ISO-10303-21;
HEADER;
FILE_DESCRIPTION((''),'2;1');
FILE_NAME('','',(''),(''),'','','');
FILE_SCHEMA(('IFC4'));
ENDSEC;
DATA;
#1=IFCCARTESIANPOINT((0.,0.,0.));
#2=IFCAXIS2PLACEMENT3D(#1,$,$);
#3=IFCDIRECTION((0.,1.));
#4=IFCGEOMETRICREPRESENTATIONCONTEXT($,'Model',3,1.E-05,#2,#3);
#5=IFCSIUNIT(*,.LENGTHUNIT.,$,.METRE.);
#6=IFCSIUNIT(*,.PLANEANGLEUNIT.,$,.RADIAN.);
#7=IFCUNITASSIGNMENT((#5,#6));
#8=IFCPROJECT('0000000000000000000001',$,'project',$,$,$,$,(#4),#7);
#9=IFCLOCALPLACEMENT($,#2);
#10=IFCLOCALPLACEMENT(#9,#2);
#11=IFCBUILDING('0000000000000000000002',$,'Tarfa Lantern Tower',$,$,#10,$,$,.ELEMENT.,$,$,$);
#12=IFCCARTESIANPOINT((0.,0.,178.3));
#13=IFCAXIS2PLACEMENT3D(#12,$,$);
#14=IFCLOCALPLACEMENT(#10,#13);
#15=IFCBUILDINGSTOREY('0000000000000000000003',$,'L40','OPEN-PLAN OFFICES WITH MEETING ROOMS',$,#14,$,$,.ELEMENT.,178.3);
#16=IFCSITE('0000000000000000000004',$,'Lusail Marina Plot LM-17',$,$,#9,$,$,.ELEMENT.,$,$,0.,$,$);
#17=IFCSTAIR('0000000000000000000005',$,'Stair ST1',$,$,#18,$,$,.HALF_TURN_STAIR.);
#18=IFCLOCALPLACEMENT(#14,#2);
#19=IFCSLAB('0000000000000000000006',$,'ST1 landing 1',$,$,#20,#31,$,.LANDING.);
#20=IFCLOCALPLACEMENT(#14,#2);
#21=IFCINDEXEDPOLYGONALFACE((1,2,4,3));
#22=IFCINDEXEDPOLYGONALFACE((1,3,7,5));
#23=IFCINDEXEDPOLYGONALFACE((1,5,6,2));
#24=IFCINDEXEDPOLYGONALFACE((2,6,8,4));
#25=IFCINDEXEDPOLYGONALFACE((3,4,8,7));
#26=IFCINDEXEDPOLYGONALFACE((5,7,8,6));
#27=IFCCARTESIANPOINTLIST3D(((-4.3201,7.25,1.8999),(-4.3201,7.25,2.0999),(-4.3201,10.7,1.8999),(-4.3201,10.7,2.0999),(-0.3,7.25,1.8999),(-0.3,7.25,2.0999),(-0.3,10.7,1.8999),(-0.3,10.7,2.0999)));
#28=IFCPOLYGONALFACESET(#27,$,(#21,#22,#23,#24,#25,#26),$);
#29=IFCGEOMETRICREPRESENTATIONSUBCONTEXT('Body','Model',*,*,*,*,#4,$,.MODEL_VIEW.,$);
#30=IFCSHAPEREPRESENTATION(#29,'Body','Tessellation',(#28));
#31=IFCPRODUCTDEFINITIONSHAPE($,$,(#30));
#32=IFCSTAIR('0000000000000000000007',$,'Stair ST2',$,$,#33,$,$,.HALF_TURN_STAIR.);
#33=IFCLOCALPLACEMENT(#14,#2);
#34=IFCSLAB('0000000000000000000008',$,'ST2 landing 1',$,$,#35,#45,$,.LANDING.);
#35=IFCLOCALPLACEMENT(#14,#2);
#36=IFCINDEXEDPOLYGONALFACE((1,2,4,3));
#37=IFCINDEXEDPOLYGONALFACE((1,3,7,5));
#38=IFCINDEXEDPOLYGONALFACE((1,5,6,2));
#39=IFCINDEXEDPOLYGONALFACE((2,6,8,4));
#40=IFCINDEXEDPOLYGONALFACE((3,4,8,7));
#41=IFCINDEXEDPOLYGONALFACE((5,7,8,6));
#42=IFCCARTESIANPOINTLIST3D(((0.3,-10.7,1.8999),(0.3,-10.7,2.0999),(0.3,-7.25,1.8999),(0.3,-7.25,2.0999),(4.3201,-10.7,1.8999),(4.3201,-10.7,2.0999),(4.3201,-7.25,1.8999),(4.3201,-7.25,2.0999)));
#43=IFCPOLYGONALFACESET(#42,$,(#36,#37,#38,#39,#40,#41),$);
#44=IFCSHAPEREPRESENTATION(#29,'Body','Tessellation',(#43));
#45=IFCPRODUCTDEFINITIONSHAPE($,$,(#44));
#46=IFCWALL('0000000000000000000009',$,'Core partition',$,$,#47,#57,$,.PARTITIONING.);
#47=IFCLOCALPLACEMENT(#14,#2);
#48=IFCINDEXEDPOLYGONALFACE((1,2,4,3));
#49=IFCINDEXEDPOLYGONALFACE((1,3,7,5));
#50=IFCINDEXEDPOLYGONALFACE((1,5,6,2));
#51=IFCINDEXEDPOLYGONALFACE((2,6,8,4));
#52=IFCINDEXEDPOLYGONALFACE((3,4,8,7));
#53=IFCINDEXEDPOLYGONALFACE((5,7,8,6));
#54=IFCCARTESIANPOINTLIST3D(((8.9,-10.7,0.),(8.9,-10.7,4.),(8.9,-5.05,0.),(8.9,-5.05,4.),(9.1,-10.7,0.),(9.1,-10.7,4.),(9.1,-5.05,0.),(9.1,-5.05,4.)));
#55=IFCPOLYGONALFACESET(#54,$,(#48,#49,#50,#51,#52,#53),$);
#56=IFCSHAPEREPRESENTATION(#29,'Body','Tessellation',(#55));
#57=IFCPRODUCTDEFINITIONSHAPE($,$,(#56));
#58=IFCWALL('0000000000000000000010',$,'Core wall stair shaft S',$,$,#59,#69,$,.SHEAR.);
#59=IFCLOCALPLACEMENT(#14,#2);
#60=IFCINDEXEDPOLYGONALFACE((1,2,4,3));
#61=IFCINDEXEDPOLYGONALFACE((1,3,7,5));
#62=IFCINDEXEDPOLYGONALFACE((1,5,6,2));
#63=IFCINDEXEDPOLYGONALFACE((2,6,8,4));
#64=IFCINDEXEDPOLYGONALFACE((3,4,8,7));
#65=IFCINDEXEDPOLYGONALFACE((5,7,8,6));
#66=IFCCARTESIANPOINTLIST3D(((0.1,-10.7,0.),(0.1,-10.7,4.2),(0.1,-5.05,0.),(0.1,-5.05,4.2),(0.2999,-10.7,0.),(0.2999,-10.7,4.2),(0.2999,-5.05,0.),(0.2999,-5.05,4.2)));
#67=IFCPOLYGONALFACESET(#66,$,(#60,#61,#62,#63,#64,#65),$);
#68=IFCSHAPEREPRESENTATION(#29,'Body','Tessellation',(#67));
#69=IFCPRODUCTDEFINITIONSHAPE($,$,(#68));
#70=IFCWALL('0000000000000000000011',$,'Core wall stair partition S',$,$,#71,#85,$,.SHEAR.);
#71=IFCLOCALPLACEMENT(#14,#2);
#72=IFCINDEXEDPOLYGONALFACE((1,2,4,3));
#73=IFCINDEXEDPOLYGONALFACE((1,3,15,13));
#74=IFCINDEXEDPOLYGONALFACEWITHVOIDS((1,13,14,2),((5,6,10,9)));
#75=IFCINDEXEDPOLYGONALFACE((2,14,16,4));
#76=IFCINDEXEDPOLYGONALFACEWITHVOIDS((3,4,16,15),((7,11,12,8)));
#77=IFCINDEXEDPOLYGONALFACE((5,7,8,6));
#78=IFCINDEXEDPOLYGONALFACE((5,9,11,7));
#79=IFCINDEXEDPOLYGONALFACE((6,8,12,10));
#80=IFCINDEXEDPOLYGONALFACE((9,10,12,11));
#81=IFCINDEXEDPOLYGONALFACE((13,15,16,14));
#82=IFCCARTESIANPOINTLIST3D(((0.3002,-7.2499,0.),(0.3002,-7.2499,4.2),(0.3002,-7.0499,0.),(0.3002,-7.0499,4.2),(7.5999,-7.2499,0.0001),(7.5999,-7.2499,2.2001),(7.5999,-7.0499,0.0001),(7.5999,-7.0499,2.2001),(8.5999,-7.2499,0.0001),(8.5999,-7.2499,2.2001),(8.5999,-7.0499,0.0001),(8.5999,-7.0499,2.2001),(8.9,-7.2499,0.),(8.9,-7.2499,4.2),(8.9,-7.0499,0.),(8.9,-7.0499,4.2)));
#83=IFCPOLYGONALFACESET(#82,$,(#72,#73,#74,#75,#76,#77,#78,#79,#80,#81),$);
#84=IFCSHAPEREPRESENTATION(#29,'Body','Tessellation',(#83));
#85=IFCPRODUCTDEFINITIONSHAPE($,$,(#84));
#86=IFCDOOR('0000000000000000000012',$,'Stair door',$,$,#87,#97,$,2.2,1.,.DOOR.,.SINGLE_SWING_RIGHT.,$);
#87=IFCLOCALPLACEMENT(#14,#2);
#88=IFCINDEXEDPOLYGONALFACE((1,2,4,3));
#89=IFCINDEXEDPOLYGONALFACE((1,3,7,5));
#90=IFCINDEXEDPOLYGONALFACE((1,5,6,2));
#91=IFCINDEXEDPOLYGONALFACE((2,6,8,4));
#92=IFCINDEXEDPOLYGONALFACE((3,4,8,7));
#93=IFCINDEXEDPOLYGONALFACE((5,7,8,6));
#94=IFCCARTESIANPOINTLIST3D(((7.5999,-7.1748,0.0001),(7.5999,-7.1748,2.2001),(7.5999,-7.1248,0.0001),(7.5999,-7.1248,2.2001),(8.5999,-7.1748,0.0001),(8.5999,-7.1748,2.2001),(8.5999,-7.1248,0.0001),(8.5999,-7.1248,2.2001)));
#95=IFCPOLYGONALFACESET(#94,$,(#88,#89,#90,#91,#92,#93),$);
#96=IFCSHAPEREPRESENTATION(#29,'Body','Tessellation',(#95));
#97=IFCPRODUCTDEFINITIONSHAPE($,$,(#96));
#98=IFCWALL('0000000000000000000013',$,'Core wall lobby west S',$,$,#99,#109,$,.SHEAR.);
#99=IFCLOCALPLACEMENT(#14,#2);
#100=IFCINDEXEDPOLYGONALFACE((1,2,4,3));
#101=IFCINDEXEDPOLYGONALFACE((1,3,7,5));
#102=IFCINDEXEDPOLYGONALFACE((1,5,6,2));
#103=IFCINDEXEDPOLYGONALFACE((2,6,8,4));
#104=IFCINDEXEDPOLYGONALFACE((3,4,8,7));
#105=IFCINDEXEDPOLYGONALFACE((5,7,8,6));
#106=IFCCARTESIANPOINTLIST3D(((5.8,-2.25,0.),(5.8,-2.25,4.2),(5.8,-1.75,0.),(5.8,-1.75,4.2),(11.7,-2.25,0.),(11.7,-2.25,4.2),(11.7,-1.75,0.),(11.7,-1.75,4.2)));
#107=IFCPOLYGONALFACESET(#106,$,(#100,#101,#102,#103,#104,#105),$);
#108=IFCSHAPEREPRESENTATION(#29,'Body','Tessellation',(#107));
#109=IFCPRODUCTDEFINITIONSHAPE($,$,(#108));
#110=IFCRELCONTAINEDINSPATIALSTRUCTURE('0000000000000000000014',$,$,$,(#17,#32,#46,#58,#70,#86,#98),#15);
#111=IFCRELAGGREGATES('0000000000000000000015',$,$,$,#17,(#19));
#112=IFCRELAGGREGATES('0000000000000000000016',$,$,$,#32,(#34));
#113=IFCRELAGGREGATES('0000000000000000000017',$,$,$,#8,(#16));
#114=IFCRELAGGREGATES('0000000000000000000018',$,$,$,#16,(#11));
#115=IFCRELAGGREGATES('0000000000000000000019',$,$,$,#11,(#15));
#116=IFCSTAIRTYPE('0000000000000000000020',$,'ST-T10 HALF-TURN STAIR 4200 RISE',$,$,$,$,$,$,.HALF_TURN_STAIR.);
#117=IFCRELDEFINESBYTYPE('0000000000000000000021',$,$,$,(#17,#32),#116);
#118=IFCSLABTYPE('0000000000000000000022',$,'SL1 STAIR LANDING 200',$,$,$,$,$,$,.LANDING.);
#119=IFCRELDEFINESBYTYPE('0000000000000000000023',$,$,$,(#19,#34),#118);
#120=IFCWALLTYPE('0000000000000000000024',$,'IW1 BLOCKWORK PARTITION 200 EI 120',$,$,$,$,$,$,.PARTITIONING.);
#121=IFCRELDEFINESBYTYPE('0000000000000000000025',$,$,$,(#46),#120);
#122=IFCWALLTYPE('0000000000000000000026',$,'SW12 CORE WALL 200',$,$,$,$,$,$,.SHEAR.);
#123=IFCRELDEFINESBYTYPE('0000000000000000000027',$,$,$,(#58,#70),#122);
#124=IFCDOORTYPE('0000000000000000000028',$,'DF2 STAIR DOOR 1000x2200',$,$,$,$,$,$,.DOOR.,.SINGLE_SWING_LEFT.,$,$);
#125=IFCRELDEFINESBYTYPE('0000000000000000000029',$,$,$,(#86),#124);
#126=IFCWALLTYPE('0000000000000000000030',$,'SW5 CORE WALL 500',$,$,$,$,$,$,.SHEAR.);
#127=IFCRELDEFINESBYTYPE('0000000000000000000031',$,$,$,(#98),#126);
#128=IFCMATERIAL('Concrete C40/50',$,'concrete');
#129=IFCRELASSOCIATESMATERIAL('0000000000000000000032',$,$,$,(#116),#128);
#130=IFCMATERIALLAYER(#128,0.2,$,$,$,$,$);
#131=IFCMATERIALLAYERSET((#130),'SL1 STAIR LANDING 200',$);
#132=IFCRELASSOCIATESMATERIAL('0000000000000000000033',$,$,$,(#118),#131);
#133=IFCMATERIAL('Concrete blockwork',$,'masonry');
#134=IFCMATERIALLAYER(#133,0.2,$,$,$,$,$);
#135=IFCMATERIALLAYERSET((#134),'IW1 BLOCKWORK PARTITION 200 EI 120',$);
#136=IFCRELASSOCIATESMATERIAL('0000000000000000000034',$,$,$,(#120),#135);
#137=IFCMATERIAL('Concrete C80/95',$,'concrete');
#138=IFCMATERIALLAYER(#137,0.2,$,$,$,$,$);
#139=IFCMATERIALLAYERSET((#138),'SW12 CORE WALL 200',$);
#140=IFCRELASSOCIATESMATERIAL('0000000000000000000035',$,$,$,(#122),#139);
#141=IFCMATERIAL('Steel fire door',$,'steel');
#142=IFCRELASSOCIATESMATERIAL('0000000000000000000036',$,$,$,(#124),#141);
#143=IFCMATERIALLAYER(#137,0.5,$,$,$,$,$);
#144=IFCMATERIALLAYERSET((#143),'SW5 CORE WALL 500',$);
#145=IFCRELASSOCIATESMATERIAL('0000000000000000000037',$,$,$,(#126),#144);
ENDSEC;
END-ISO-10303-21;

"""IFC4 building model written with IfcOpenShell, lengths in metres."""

from ifc_helpers import new_model, si_unit, direction, frame, frame_2d, origin, place, context, subcontext, project, spatial, polyline, rectangle, outline, extrude, material, layer, layer_set, type_object, element, fill, aggregate, save


model = new_model("IFC4")

# Units and contexts
model_context = context("Model", 3, precision=1e-05, world=origin(), true_north=direction((0.0, 1.0)))
body_context = subcontext(model_context, "Body", "Model", "MODEL_VIEW")
ifc_project = project(units=[si_unit("LENGTHUNIT", "METRE"), si_unit("PLANEANGLEUNIT", "RADIAN")], contexts=[model_context])

# Site, building, storey
site_placement = place(None, origin())
site = spatial("IfcSite", under=ifc_project, at=site_placement, Name="Lusail Marina Plot LM-17", CompositionType="ELEMENT", RefElevation=0.0)
building_placement = place(site_placement, origin())
building = spatial("IfcBuilding", under=site, at=building_placement, Name="Tarfa Lantern Tower", CompositionType="ELEMENT")
storey_placement = place(building_placement, frame((0.0, 0.0, 178.3)))
storey = spatial("IfcBuildingStorey", under=building, at=storey_placement, Name="L40", Description="OPEN-PLAN OFFICES WITH MEETING ROOMS", CompositionType="ELEMENT", Elevation=178.3)

# Stairs, slabs
ifc_material_1 = material(Name="Concrete C40/50", Category="concrete")
stair_type = type_object("IfcStairType", Name="ST-T10 HALF-TURN STAIR 4200 RISE", PredefinedType="HALF_TURN_STAIR", material=ifc_material_1)
stair_1_placement = place(storey_placement, origin())
stair_1 = element("IfcStair", 1, at=stair_1_placement, inside=storey, type_object=stair_type, Name="Stair ST1", PredefinedType="HALF_TURN_STAIR")
ifc_layer_1 = layer(ifc_material_1, 0.2)
ifc_layer_set_1 = layer_set([ifc_layer_1], Name="SL1 STAIR LANDING 200")
slab_type = type_object("IfcSlabType", Name="SL1 STAIR LANDING 200", PredefinedType="LANDING", material=ifc_layer_set_1)
slab_1_placement = place(storey_placement, frame((0.0, 0.0, 1.8999)))
slab_1 = element("IfcSlab", 2, at=slab_1_placement, type_object=slab_type, Name="ST1 landing 1", PredefinedType="LANDING", context=body_context, shape_type="SweptSolid", body=[
    extrude(outline(polyline([(-4.3201, 7.25), (-0.3, 7.25), (-0.3, 10.7), (-4.3201, 10.7), (-4.3201, 7.25)])), origin(), (0.0, 0.0, 1.0), 0.2),
])
aggregate(stair_1, [slab_1])
stair_2_placement = place(storey_placement, origin())
stair_2 = element("IfcStair", 3, at=stair_2_placement, inside=storey, type_object=stair_type, Name="Stair ST2", PredefinedType="HALF_TURN_STAIR")
slab_2_placement = place(storey_placement, frame((0.0, 0.0, 1.8999)))
slab_2 = element("IfcSlab", 4, at=slab_2_placement, type_object=slab_type, Name="ST2 landing 1", PredefinedType="LANDING", context=body_context, shape_type="SweptSolid", body=[
    extrude(outline(polyline([(4.3201, -7.25), (0.3, -7.25), (0.3, -10.7), (4.3201, -10.7), (4.3201, -7.25)])), origin(), (0.0, 0.0, 1.0), 0.2),
])

# Walls
ifc_material_2 = material(Name="Concrete blockwork", Category="masonry")
ifc_layer_2 = layer(ifc_material_2, 0.2)
ifc_layer_set_2 = layer_set([ifc_layer_2], Name="IW1 BLOCKWORK PARTITION 200 EI 120")
wall_type_1 = type_object("IfcWallType", Name="IW1 BLOCKWORK PARTITION 200 EI 120", PredefinedType="PARTITIONING", material=ifc_layer_set_2)
wall_1_placement = place(storey_placement, frame((9.0, -5.05, 0.0), z_axis=(0.0, 0.0, 1.0), x_axis=(0.0, -1.0, 0.0)))
element("IfcWall", 5, at=wall_1_placement, inside=storey, type_object=wall_type_1, Name="Core partition", PredefinedType="PARTITIONING", context=body_context, shape_type="SweptSolid", body=[
    extrude(rectangle(XDim=5.6499, YDim=0.2, at=frame_2d((2.825, 0.0))), origin(), (0.0, 0.0, 1.0), 4.0),
])
ifc_material_3 = material(Name="Concrete C80/95", Category="concrete")
ifc_layer_3 = layer(ifc_material_3, 0.2)
ifc_layer_set_3 = layer_set([ifc_layer_3], Name="SW12 CORE WALL 200")
wall_type_2 = type_object("IfcWallType", Name="SW12 CORE WALL 200", PredefinedType="SHEAR", material=ifc_layer_set_3)
wall_2_placement = place(storey_placement, frame((0.2, -5.05, 0.0), z_axis=(0.0, 0.0, 1.0), x_axis=(0.0, -1.0, 0.0)))
element("IfcWall", 6, at=wall_2_placement, inside=storey, type_object=wall_type_2, Name="Core wall stair shaft S", PredefinedType="SHEAR", context=body_context, shape_type="SweptSolid", body=[
    extrude(rectangle(XDim=5.6499, YDim=0.2, at=frame_2d((2.825, 0.0))), origin(), (0.0, 0.0, 1.0), 4.2),
])

# Wall, opening, door
wall_3_placement = place(storey_placement, frame((8.8999, -7.1499, 0.0), z_axis=(0.0, 0.0, 1.0), x_axis=(-1.0, 0.0, 0.0)))
wall_3 = element("IfcWall", 7, at=wall_3_placement, inside=storey, type_object=wall_type_2, Name="Core wall stair partition S", PredefinedType="SHEAR", context=body_context, shape_type="SweptSolid", body=[
    extrude(rectangle(XDim=8.5999, YDim=0.2, at=frame_2d((4.2998, 0.0))), origin(), (0.0, 0.0, 1.0), 4.2),
])
opening_1_placement = place(wall_3_placement, frame((0.3, 0.0, 0.0)))
opening_1 = element("IfcOpeningElement", 8, at=opening_1_placement, cuts=wall_3, PredefinedType="OPENING", context=body_context, shape_type="SweptSolid", body=[
    extrude(rectangle(XDim=1.0, YDim=2.2, at=frame_2d((0.5, 1.1001))), frame((0.0, 0.1099, 0.0), z_axis=(0.0, -1.0, 0.0), x_axis=(1.0, 0.0, 0.0)), (0.0, 0.0, 1.0), 0.22),
])
ifc_material_4 = material(Name="Steel fire door", Category="steel")
door_type_1 = type_object("IfcDoorType", Name="DF2 STAIR DOOR 1000x2200", OperationType="SINGLE_SWING_LEFT", PredefinedType="DOOR", material=ifc_material_4)
door_1_placement = place(opening_1_placement, origin())
door_1 = element("IfcDoor", 9, at=door_1_placement, inside=storey, type_object=door_type_1, Name="Stair door", OperationType="SINGLE_SWING_RIGHT", OverallHeight=2.2, OverallWidth=1.0, PredefinedType="DOOR", context=body_context, shape_type="SweptSolid", body=[
    extrude(rectangle(XDim=1.0, YDim=2.2, at=frame_2d((0.5, 1.1001))), frame((0.0, 0.0249, 0.0), z_axis=(0.0, -1.0, 0.0), x_axis=(1.0, 0.0, 0.0)), (0.0, 0.0, 1.0), 0.05),
])
fill(opening_1, door_1)

# Wall
ifc_layer_4 = layer(ifc_material_3, 0.5)
ifc_layer_set_4 = layer_set([ifc_layer_4], Name="SW5 CORE WALL 500")
wall_type_3 = type_object("IfcWallType", Name="SW5 CORE WALL 500", PredefinedType="SHEAR", material=ifc_layer_set_4)
wall_4_placement = place(storey_placement, frame((11.7, -2.0, 0.0), z_axis=(0.0, 0.0, 1.0), x_axis=(-1.0, 0.0, 0.0)))
element("IfcWall", 10, at=wall_4_placement, inside=storey, type_object=wall_type_3, Name="Core wall lobby west S", PredefinedType="SHEAR", context=body_context, shape_type="SweptSolid", body=[
    extrude(rectangle(XDim=5.8999, YDim=0.5, at=frame_2d((2.95, 0.0))), origin(), (0.0, 0.0, 1.0), 4.2),
])

aggregate(stair_2, [slab_2])

save(model, "model.ifc")
